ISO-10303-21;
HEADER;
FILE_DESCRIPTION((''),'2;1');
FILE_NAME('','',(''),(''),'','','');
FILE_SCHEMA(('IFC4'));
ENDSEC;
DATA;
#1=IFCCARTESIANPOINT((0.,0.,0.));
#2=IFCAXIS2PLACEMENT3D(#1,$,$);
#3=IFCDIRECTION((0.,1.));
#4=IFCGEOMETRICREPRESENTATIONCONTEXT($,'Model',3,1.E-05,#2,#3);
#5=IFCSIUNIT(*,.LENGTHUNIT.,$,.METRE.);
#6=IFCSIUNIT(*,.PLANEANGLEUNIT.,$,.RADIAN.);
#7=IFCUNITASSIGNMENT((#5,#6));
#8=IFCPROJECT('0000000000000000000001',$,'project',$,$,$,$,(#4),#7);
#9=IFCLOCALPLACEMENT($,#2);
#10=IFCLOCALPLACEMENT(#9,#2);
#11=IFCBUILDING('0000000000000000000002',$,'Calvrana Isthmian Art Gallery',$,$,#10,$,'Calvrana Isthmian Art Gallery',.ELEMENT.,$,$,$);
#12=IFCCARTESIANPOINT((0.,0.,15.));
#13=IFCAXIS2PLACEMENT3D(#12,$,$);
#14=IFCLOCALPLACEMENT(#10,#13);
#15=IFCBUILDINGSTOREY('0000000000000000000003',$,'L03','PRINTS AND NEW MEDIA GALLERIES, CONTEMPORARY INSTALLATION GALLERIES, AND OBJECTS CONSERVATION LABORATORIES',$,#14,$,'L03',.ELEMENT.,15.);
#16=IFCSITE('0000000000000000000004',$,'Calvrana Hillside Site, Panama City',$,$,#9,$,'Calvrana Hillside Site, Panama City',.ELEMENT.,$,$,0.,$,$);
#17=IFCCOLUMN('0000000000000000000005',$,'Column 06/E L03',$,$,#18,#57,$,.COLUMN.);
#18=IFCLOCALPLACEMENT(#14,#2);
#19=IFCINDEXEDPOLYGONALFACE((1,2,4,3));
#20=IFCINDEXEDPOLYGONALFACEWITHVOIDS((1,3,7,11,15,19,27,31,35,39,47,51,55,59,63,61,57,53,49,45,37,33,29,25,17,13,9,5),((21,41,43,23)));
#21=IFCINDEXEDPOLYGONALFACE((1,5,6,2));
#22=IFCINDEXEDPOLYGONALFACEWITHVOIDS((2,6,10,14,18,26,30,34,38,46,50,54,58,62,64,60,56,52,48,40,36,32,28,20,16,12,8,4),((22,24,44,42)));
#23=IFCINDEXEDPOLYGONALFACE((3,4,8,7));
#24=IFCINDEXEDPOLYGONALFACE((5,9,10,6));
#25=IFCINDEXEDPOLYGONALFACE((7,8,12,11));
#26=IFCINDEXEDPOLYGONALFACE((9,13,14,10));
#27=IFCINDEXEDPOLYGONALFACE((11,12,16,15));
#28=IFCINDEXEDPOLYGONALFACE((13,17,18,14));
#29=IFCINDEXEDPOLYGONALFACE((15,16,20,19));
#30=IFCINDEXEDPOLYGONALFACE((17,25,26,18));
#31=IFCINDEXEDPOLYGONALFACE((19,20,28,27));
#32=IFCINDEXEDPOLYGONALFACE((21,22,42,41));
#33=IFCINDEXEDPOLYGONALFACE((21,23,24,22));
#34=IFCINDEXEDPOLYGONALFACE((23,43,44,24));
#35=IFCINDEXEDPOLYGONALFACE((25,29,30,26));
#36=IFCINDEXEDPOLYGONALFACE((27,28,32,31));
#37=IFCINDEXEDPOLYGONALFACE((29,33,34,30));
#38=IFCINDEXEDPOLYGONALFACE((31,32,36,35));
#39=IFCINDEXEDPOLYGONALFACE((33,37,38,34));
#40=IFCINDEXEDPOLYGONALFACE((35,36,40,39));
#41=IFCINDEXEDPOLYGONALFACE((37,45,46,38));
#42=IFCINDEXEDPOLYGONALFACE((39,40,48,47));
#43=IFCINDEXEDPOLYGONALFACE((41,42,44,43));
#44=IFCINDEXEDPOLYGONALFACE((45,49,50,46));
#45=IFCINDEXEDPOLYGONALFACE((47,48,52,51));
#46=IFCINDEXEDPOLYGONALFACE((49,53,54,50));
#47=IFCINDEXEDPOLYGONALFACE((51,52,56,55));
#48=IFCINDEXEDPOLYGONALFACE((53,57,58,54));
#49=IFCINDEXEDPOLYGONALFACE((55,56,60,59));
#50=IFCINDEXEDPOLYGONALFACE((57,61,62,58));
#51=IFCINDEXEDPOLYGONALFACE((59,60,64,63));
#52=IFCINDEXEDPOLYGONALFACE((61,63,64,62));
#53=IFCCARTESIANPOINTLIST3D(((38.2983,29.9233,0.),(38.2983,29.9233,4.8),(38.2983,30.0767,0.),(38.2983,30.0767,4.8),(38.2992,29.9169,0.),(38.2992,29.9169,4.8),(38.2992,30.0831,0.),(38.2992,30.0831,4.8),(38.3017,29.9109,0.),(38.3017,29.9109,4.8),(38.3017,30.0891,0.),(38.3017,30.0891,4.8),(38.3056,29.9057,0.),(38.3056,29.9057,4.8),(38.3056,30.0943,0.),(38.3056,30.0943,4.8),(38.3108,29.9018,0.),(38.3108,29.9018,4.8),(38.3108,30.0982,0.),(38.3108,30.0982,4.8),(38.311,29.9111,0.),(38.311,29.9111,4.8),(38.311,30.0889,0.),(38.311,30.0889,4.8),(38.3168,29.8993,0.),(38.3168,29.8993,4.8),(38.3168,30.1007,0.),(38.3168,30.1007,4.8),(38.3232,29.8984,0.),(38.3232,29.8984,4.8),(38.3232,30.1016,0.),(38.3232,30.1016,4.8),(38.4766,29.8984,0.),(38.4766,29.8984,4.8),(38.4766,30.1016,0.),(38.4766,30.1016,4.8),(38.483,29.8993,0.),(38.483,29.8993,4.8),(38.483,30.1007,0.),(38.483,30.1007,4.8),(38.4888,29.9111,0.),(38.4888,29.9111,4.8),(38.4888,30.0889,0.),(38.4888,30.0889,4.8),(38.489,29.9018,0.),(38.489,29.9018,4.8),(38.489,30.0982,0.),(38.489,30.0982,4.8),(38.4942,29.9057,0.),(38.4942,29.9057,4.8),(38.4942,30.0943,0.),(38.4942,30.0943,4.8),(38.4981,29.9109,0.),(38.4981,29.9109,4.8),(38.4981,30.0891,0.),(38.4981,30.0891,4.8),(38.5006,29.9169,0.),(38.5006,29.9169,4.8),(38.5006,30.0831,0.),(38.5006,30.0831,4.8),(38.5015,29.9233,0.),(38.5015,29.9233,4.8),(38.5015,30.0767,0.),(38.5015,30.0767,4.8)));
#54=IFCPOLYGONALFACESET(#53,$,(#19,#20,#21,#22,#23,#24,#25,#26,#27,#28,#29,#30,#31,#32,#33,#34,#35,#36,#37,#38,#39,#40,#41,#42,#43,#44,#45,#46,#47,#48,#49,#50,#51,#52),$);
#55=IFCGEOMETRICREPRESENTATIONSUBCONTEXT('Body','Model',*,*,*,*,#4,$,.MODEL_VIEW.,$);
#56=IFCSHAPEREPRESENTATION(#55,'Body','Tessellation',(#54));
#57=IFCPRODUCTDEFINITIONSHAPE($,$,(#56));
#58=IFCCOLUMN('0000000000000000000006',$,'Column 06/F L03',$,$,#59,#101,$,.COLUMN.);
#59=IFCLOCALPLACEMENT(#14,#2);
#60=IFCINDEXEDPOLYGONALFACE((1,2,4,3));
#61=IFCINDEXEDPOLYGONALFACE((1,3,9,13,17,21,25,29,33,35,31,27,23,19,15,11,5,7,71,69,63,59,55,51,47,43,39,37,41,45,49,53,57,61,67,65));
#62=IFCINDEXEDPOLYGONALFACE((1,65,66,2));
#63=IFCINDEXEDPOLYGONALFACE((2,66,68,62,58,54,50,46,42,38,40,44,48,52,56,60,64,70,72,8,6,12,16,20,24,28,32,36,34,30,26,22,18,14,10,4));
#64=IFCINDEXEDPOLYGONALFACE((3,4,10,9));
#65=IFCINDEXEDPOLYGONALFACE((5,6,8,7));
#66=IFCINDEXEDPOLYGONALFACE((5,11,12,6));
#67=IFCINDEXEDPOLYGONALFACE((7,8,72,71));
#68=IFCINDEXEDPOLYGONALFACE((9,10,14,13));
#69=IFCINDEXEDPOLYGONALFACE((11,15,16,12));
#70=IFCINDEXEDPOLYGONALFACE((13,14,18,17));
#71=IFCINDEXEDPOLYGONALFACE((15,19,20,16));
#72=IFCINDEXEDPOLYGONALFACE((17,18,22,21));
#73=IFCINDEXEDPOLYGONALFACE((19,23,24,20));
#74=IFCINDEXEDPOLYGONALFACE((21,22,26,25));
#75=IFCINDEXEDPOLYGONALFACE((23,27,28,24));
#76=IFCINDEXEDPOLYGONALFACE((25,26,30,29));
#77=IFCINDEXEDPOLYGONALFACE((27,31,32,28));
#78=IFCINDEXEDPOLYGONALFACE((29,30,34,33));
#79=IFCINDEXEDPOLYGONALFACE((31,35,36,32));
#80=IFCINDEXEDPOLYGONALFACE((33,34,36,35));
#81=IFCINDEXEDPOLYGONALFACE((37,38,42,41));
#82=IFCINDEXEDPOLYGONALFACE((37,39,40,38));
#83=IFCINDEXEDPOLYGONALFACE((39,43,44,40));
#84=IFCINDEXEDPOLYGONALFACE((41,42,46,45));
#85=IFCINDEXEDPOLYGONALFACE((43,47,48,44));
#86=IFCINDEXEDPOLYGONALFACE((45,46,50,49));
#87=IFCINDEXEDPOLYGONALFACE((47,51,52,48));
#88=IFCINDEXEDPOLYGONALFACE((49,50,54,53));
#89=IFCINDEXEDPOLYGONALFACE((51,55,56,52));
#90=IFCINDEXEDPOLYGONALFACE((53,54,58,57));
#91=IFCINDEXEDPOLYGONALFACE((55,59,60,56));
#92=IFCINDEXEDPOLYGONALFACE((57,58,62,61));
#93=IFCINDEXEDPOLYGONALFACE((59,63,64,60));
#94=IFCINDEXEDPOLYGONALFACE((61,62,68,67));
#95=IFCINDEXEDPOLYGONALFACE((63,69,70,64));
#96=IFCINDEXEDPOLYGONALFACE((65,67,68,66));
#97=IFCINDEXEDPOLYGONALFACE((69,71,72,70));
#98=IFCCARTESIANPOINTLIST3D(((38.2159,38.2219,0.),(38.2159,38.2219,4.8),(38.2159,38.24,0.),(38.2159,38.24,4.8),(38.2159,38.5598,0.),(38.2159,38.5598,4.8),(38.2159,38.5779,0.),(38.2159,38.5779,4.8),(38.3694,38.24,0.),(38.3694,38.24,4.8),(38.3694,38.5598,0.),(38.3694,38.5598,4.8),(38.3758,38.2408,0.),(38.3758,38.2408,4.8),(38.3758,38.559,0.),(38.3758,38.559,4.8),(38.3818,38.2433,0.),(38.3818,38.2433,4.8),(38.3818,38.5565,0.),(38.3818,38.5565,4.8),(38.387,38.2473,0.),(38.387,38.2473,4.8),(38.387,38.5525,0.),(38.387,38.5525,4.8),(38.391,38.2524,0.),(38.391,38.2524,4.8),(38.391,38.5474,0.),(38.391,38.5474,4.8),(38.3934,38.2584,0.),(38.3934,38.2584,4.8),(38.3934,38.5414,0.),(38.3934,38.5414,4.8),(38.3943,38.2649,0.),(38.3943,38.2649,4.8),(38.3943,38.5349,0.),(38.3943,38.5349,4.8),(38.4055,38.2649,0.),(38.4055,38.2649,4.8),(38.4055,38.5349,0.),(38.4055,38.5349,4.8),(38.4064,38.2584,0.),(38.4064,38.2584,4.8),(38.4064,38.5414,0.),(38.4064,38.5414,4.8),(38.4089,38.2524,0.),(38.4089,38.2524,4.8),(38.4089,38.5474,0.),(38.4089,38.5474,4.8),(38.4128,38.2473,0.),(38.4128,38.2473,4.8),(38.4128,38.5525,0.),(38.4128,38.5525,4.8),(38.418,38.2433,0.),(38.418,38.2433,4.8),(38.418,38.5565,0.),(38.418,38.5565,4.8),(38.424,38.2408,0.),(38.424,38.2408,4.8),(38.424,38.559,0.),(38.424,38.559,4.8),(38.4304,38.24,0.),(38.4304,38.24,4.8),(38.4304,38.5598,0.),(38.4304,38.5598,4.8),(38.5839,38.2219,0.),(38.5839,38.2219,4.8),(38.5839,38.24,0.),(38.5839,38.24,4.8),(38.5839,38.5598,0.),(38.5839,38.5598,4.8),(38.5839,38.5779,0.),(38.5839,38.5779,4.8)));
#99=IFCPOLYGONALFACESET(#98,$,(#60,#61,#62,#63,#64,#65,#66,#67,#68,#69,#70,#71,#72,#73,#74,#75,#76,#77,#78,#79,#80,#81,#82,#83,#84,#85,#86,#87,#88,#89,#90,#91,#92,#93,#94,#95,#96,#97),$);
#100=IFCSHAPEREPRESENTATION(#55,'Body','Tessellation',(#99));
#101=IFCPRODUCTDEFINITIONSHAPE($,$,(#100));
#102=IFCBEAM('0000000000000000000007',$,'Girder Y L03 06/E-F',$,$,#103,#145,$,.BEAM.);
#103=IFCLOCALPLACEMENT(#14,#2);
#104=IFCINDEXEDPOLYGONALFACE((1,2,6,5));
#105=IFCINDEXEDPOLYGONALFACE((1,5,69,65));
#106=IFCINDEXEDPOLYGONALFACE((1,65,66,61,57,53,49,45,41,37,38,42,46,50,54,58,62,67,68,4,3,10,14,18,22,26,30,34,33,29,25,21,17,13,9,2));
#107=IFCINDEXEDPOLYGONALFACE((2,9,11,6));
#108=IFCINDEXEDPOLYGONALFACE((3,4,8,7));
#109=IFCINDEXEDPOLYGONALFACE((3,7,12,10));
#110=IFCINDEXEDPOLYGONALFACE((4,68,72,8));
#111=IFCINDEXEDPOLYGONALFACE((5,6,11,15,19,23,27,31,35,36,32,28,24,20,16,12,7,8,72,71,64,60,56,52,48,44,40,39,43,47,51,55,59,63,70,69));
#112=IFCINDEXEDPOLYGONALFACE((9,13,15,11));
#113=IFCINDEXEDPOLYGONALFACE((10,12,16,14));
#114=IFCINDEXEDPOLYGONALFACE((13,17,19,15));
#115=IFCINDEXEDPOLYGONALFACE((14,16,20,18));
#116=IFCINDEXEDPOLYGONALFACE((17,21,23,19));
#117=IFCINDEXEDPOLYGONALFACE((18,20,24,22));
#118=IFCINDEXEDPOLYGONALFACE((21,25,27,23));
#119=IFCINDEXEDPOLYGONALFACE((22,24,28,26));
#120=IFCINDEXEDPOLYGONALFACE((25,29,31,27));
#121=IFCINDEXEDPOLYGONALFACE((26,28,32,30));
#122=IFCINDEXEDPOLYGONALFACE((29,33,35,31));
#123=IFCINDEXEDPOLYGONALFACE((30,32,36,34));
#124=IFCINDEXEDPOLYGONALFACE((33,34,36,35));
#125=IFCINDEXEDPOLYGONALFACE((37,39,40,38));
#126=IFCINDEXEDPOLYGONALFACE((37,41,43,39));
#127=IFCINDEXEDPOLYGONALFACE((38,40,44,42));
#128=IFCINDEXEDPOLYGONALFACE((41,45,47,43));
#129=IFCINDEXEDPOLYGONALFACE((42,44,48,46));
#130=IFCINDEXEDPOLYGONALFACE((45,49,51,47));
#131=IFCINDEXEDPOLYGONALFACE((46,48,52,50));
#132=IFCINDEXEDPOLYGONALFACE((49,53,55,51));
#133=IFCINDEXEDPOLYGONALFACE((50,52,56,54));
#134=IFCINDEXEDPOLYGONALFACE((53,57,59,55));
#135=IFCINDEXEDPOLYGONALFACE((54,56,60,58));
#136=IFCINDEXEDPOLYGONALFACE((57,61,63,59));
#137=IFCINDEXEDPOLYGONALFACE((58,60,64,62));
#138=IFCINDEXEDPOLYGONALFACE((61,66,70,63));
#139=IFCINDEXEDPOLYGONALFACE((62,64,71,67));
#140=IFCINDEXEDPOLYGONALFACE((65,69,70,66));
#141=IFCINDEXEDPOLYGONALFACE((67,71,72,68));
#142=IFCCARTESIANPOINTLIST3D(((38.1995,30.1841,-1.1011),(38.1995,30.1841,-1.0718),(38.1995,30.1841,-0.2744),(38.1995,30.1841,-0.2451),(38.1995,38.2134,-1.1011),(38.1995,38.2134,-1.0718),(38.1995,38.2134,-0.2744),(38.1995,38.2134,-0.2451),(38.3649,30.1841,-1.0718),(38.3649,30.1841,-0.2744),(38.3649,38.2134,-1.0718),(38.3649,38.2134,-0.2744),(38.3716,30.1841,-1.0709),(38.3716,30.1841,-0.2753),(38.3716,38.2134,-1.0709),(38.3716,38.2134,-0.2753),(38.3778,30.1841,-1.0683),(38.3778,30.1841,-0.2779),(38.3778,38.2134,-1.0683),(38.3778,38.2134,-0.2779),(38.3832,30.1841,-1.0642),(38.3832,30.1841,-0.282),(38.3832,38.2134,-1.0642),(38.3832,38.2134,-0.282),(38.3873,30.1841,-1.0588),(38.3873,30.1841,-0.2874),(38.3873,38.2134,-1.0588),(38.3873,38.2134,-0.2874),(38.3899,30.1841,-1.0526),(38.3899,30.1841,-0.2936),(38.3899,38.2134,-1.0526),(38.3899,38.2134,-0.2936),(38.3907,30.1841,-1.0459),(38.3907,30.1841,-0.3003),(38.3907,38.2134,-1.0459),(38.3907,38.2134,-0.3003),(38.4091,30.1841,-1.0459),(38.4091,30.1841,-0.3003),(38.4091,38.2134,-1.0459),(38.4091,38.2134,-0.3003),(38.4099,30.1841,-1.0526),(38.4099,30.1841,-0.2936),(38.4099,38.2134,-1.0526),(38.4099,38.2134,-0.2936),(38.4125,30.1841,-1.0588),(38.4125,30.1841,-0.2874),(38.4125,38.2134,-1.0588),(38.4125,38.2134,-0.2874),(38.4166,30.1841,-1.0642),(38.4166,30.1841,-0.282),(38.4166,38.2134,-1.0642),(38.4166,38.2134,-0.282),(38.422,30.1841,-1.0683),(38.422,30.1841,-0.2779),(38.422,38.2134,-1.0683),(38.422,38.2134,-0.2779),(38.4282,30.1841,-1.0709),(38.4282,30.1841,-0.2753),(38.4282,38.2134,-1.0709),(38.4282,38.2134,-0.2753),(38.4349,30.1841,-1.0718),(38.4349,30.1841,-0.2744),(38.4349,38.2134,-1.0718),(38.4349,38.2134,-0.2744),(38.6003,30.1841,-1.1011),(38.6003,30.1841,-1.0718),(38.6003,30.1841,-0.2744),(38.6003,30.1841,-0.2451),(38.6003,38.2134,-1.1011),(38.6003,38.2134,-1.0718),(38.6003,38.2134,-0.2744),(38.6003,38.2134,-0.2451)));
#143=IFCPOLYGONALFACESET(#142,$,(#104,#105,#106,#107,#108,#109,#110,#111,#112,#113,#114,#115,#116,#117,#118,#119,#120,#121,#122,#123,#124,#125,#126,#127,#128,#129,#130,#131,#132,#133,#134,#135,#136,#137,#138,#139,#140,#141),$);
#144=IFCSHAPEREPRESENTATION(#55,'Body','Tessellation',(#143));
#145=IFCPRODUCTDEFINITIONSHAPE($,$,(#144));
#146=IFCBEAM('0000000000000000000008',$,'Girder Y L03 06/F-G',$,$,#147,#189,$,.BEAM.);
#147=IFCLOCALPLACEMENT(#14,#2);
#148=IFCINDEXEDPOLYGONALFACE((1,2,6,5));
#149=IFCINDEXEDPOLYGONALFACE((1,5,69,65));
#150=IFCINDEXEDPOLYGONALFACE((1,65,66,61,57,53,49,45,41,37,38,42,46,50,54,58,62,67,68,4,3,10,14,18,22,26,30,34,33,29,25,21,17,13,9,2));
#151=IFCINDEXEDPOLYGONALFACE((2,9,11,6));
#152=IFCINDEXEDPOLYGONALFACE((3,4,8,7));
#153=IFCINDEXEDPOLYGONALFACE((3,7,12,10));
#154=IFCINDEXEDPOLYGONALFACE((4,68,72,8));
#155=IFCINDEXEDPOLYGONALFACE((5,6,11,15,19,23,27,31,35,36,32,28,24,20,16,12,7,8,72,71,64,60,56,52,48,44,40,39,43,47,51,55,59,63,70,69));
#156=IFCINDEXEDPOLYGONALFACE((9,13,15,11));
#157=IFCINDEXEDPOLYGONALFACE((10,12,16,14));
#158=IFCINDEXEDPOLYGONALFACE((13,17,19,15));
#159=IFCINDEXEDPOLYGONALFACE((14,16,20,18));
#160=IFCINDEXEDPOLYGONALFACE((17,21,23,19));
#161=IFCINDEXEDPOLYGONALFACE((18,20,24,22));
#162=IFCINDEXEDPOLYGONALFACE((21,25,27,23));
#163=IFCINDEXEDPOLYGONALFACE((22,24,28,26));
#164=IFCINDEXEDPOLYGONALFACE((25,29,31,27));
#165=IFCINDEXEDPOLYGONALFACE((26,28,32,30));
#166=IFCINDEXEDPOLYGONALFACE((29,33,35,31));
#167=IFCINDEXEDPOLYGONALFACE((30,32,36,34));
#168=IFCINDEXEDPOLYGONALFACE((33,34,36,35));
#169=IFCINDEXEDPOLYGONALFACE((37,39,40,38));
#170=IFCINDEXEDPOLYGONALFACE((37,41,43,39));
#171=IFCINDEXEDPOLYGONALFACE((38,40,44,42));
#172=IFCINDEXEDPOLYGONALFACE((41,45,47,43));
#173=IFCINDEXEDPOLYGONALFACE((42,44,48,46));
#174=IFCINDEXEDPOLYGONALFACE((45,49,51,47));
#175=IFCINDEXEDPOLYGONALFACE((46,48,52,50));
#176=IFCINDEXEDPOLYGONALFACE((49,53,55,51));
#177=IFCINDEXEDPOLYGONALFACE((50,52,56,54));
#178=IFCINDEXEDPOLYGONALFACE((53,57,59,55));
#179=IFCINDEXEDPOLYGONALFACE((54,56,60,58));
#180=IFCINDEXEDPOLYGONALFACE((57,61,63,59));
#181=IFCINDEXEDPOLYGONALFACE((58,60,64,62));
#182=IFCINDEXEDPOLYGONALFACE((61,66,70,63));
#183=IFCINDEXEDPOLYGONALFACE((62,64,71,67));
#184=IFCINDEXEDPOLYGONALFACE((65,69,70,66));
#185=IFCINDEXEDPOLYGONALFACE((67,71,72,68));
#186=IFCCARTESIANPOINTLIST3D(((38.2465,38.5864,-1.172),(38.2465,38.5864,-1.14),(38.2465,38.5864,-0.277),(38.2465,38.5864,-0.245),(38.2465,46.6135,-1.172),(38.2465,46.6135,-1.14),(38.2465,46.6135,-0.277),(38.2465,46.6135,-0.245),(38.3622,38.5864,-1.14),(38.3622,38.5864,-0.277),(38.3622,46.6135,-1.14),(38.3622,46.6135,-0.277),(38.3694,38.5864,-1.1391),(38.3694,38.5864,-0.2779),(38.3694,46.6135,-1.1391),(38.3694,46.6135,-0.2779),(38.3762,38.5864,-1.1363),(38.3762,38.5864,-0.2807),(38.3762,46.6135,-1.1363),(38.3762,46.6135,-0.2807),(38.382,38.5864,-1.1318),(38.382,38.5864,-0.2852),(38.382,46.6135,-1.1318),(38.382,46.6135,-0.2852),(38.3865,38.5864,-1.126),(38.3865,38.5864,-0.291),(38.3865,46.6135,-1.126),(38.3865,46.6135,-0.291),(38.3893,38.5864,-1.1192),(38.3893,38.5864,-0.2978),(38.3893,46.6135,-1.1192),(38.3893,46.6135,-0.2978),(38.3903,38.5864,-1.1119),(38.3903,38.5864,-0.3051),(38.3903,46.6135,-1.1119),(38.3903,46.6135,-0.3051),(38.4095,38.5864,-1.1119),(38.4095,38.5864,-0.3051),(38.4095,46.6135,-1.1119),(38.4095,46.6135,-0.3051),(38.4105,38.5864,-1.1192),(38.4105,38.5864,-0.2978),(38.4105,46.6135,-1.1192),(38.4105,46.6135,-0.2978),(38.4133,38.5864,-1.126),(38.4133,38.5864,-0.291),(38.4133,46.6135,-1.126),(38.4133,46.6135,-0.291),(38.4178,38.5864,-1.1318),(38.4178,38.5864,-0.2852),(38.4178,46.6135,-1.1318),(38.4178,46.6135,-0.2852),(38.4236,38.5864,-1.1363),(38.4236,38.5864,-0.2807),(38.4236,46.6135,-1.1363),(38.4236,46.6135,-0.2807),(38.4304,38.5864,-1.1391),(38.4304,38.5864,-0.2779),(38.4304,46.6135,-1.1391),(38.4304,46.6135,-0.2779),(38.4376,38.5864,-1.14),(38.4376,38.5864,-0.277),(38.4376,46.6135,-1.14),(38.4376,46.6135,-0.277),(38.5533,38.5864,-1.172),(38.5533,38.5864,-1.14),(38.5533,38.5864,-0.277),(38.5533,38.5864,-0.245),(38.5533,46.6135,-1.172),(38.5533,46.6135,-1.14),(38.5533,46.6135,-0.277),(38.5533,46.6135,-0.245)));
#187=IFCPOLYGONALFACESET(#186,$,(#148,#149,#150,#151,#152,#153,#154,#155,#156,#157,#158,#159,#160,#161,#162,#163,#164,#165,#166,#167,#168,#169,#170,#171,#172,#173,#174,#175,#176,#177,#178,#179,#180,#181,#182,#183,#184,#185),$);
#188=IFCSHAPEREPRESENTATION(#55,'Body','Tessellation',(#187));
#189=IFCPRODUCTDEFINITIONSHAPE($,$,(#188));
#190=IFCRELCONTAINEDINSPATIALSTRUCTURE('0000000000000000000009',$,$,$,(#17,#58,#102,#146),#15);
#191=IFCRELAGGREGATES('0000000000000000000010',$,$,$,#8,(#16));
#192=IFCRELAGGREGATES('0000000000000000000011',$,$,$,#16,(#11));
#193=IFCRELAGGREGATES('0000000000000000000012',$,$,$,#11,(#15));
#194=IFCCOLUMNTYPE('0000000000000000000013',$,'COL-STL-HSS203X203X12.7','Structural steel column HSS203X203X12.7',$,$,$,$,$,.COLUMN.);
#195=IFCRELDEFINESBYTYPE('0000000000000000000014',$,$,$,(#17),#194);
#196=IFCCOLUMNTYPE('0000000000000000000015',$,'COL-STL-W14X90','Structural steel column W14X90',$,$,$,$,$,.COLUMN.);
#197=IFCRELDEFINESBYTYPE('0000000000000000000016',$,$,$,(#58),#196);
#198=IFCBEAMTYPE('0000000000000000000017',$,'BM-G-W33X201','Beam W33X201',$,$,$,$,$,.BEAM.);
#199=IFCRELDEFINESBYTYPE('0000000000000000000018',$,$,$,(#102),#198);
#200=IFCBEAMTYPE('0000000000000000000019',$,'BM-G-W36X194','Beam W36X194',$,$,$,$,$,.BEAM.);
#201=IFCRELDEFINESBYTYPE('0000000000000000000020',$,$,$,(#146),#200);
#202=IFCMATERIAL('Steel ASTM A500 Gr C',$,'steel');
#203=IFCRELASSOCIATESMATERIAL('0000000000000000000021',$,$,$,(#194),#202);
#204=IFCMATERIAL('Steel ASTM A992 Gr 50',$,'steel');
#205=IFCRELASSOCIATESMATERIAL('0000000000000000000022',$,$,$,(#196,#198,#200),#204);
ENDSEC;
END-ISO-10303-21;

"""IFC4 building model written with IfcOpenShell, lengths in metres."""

from ifc_helpers import new_model, si_unit, direction, frame, origin, origin_2d, place, context, subcontext, project, spatial, hollow_rectangle, i_section, extrude, material, material_profile, profile_set, type_object, element, save


model = new_model("IFC4")

# Units and contexts
model_context = context("Model", 3, precision=1e-05, world=origin(), true_north=direction((0.0, 1.0)))
body_context = subcontext(model_context, "Body", "Model", "MODEL_VIEW")
ifc_project = project(units=[si_unit("LENGTHUNIT", "METRE"), si_unit("PLANEANGLEUNIT", "RADIAN")], contexts=[model_context])

# Site, building, storey
site_placement = place(None, origin())
site = spatial("IfcSite", under=ifc_project, at=site_placement, Name="Calvrana Hillside Site, Panama City", LongName="Calvrana Hillside Site, Panama City", CompositionType="ELEMENT", RefElevation=0.0)
building_placement = place(site_placement, origin())
building = spatial("IfcBuilding", under=site, at=building_placement, Name="Calvrana Isthmian Art Gallery", LongName="Calvrana Isthmian Art Gallery", CompositionType="ELEMENT")
storey_placement = place(building_placement, frame((0.0, 0.0, 15.0)))
storey = spatial("IfcBuildingStorey", under=building, at=storey_placement, Name="L03", Description="PRINTS AND NEW MEDIA GALLERIES, CONTEMPORARY INSTALLATION GALLERIES, AND OBJECTS CONSERVATION LABORATORIES", LongName="L03", CompositionType="ELEMENT", Elevation=15.0)

# Columns
ifc_material_1 = material(Name="Steel ASTM A500 Gr C", Category="steel")
ifc_material_profile_1 = material_profile(ifc_material_1, hollow_rectangle(XDim=0.2031, YDim=0.2031, WallThickness=0.0127, OuterFilletRadius=0.0249, at=origin_2d()), Name="HSS203X203X12.7")
ifc_profile_set_1 = profile_set([ifc_material_profile_1], Name="Steel ASTM A500 Gr C")
column_type_1 = type_object("IfcColumnType", Name="COL-STL-HSS203X203X12.7", Description="Structural steel column HSS203X203X12.7", PredefinedType="COLUMN", material=ifc_profile_set_1)
column_1_placement = place(storey_placement, frame((38.3999, 30.0, 0.0), z_axis=(0.0, 0.0, 1.0), x_axis=(1.0, 0.0, 0.0)))
element("IfcColumn", 1, at=column_1_placement, inside=storey, type_object=column_type_1, Name="Column 06/E L03", PredefinedType="COLUMN", context=body_context, shape_type="SweptSolid", body=[
    extrude(hollow_rectangle(XDim=0.2031, YDim=0.2031, WallThickness=0.0127, OuterFilletRadius=0.0249, at=origin_2d()), origin(), (0.0, 0.0, 1.0), 4.8),
])
ifc_material_2 = material(Name="Steel ASTM A992 Gr 50", Category="steel")
ifc_material_profile_2 = material_profile(ifc_material_2, i_section(OverallWidth=0.3679, OverallDepth=0.356, WebThickness=0.0112, FlangeThickness=0.0181, FilletRadius=0.0249, at=origin_2d()), Name="W14X90")
ifc_profile_set_2 = profile_set([ifc_material_profile_2], Name="Steel ASTM A992 Gr 50")
column_type_2 = type_object("IfcColumnType", Name="COL-STL-W14X90", Description="Structural steel column W14X90", PredefinedType="COLUMN", material=ifc_profile_set_2)
column_2_placement = place(storey_placement, frame((38.3999, 38.3999, 0.0), z_axis=(0.0, 0.0, 1.0), x_axis=(1.0, 0.0, 0.0)))
element("IfcColumn", 2, at=column_2_placement, inside=storey, type_object=column_type_2, Name="Column 06/F L03", PredefinedType="COLUMN", context=body_context, shape_type="SweptSolid", body=[
    extrude(i_section(OverallWidth=0.3679, OverallDepth=0.356, WebThickness=0.0112, FlangeThickness=0.0181, FilletRadius=0.0249, at=origin_2d()), origin(), (0.0, 0.0, 1.0), 4.8),
])

# Beams
ifc_material_profile_3 = material_profile(ifc_material_2, i_section(OverallWidth=0.4009, OverallDepth=0.856, WebThickness=0.0183, FlangeThickness=0.0293, FilletRadius=0.0259, at=origin_2d()), Name="W33X201")
ifc_profile_set_3 = profile_set([ifc_material_profile_3], Name="Steel ASTM A992 Gr 50")
beam_type_1 = type_object("IfcBeamType", Name="BM-G-W33X201", Description="Beam W33X201", PredefinedType="BEAM", material=ifc_profile_set_3)
beam_1_placement = place(storey_placement, frame((38.3999, 30.1841, -0.6731), z_axis=(0.0, 1.0, 0.0), x_axis=(-1.0, 0.0, 0.0)))
element("IfcBeam", 3, at=beam_1_placement, inside=storey, type_object=beam_type_1, Name="Girder Y L03 06/E-F", PredefinedType="BEAM", context=body_context, shape_type="SweptSolid", body=[
    extrude(i_section(OverallWidth=0.4009, OverallDepth=0.856, WebThickness=0.0183, FlangeThickness=0.0293, FilletRadius=0.0259, at=origin_2d()), origin(), (0.0, 0.0, 1.0), 8.0293),
])
ifc_material_profile_4 = material_profile(ifc_material_2, i_section(OverallWidth=0.3069, OverallDepth=0.927, WebThickness=0.0193, FlangeThickness=0.032, FilletRadius=0.0281, at=origin_2d()), Name="W36X194")
ifc_profile_set_4 = profile_set([ifc_material_profile_4], Name="Steel ASTM A992 Gr 50")
beam_type_2 = type_object("IfcBeamType", Name="BM-G-W36X194", Description="Beam W36X194", PredefinedType="BEAM", material=ifc_profile_set_4)
beam_2_placement = place(storey_placement, frame((38.3999, 38.5864, -0.7085), z_axis=(0.0, 1.0, 0.0), x_axis=(-1.0, 0.0, 0.0)))
element("IfcBeam", 4, at=beam_2_placement, inside=storey, type_object=beam_type_2, Name="Girder Y L03 06/F-G", PredefinedType="BEAM", context=body_context, shape_type="SweptSolid", body=[
    extrude(i_section(OverallWidth=0.3069, OverallDepth=0.927, WebThickness=0.0193, FlangeThickness=0.032, FilletRadius=0.0281, at=origin_2d()), origin(), (0.0, 0.0, 1.0), 8.0271),
])

save(model, "model.ifc")
